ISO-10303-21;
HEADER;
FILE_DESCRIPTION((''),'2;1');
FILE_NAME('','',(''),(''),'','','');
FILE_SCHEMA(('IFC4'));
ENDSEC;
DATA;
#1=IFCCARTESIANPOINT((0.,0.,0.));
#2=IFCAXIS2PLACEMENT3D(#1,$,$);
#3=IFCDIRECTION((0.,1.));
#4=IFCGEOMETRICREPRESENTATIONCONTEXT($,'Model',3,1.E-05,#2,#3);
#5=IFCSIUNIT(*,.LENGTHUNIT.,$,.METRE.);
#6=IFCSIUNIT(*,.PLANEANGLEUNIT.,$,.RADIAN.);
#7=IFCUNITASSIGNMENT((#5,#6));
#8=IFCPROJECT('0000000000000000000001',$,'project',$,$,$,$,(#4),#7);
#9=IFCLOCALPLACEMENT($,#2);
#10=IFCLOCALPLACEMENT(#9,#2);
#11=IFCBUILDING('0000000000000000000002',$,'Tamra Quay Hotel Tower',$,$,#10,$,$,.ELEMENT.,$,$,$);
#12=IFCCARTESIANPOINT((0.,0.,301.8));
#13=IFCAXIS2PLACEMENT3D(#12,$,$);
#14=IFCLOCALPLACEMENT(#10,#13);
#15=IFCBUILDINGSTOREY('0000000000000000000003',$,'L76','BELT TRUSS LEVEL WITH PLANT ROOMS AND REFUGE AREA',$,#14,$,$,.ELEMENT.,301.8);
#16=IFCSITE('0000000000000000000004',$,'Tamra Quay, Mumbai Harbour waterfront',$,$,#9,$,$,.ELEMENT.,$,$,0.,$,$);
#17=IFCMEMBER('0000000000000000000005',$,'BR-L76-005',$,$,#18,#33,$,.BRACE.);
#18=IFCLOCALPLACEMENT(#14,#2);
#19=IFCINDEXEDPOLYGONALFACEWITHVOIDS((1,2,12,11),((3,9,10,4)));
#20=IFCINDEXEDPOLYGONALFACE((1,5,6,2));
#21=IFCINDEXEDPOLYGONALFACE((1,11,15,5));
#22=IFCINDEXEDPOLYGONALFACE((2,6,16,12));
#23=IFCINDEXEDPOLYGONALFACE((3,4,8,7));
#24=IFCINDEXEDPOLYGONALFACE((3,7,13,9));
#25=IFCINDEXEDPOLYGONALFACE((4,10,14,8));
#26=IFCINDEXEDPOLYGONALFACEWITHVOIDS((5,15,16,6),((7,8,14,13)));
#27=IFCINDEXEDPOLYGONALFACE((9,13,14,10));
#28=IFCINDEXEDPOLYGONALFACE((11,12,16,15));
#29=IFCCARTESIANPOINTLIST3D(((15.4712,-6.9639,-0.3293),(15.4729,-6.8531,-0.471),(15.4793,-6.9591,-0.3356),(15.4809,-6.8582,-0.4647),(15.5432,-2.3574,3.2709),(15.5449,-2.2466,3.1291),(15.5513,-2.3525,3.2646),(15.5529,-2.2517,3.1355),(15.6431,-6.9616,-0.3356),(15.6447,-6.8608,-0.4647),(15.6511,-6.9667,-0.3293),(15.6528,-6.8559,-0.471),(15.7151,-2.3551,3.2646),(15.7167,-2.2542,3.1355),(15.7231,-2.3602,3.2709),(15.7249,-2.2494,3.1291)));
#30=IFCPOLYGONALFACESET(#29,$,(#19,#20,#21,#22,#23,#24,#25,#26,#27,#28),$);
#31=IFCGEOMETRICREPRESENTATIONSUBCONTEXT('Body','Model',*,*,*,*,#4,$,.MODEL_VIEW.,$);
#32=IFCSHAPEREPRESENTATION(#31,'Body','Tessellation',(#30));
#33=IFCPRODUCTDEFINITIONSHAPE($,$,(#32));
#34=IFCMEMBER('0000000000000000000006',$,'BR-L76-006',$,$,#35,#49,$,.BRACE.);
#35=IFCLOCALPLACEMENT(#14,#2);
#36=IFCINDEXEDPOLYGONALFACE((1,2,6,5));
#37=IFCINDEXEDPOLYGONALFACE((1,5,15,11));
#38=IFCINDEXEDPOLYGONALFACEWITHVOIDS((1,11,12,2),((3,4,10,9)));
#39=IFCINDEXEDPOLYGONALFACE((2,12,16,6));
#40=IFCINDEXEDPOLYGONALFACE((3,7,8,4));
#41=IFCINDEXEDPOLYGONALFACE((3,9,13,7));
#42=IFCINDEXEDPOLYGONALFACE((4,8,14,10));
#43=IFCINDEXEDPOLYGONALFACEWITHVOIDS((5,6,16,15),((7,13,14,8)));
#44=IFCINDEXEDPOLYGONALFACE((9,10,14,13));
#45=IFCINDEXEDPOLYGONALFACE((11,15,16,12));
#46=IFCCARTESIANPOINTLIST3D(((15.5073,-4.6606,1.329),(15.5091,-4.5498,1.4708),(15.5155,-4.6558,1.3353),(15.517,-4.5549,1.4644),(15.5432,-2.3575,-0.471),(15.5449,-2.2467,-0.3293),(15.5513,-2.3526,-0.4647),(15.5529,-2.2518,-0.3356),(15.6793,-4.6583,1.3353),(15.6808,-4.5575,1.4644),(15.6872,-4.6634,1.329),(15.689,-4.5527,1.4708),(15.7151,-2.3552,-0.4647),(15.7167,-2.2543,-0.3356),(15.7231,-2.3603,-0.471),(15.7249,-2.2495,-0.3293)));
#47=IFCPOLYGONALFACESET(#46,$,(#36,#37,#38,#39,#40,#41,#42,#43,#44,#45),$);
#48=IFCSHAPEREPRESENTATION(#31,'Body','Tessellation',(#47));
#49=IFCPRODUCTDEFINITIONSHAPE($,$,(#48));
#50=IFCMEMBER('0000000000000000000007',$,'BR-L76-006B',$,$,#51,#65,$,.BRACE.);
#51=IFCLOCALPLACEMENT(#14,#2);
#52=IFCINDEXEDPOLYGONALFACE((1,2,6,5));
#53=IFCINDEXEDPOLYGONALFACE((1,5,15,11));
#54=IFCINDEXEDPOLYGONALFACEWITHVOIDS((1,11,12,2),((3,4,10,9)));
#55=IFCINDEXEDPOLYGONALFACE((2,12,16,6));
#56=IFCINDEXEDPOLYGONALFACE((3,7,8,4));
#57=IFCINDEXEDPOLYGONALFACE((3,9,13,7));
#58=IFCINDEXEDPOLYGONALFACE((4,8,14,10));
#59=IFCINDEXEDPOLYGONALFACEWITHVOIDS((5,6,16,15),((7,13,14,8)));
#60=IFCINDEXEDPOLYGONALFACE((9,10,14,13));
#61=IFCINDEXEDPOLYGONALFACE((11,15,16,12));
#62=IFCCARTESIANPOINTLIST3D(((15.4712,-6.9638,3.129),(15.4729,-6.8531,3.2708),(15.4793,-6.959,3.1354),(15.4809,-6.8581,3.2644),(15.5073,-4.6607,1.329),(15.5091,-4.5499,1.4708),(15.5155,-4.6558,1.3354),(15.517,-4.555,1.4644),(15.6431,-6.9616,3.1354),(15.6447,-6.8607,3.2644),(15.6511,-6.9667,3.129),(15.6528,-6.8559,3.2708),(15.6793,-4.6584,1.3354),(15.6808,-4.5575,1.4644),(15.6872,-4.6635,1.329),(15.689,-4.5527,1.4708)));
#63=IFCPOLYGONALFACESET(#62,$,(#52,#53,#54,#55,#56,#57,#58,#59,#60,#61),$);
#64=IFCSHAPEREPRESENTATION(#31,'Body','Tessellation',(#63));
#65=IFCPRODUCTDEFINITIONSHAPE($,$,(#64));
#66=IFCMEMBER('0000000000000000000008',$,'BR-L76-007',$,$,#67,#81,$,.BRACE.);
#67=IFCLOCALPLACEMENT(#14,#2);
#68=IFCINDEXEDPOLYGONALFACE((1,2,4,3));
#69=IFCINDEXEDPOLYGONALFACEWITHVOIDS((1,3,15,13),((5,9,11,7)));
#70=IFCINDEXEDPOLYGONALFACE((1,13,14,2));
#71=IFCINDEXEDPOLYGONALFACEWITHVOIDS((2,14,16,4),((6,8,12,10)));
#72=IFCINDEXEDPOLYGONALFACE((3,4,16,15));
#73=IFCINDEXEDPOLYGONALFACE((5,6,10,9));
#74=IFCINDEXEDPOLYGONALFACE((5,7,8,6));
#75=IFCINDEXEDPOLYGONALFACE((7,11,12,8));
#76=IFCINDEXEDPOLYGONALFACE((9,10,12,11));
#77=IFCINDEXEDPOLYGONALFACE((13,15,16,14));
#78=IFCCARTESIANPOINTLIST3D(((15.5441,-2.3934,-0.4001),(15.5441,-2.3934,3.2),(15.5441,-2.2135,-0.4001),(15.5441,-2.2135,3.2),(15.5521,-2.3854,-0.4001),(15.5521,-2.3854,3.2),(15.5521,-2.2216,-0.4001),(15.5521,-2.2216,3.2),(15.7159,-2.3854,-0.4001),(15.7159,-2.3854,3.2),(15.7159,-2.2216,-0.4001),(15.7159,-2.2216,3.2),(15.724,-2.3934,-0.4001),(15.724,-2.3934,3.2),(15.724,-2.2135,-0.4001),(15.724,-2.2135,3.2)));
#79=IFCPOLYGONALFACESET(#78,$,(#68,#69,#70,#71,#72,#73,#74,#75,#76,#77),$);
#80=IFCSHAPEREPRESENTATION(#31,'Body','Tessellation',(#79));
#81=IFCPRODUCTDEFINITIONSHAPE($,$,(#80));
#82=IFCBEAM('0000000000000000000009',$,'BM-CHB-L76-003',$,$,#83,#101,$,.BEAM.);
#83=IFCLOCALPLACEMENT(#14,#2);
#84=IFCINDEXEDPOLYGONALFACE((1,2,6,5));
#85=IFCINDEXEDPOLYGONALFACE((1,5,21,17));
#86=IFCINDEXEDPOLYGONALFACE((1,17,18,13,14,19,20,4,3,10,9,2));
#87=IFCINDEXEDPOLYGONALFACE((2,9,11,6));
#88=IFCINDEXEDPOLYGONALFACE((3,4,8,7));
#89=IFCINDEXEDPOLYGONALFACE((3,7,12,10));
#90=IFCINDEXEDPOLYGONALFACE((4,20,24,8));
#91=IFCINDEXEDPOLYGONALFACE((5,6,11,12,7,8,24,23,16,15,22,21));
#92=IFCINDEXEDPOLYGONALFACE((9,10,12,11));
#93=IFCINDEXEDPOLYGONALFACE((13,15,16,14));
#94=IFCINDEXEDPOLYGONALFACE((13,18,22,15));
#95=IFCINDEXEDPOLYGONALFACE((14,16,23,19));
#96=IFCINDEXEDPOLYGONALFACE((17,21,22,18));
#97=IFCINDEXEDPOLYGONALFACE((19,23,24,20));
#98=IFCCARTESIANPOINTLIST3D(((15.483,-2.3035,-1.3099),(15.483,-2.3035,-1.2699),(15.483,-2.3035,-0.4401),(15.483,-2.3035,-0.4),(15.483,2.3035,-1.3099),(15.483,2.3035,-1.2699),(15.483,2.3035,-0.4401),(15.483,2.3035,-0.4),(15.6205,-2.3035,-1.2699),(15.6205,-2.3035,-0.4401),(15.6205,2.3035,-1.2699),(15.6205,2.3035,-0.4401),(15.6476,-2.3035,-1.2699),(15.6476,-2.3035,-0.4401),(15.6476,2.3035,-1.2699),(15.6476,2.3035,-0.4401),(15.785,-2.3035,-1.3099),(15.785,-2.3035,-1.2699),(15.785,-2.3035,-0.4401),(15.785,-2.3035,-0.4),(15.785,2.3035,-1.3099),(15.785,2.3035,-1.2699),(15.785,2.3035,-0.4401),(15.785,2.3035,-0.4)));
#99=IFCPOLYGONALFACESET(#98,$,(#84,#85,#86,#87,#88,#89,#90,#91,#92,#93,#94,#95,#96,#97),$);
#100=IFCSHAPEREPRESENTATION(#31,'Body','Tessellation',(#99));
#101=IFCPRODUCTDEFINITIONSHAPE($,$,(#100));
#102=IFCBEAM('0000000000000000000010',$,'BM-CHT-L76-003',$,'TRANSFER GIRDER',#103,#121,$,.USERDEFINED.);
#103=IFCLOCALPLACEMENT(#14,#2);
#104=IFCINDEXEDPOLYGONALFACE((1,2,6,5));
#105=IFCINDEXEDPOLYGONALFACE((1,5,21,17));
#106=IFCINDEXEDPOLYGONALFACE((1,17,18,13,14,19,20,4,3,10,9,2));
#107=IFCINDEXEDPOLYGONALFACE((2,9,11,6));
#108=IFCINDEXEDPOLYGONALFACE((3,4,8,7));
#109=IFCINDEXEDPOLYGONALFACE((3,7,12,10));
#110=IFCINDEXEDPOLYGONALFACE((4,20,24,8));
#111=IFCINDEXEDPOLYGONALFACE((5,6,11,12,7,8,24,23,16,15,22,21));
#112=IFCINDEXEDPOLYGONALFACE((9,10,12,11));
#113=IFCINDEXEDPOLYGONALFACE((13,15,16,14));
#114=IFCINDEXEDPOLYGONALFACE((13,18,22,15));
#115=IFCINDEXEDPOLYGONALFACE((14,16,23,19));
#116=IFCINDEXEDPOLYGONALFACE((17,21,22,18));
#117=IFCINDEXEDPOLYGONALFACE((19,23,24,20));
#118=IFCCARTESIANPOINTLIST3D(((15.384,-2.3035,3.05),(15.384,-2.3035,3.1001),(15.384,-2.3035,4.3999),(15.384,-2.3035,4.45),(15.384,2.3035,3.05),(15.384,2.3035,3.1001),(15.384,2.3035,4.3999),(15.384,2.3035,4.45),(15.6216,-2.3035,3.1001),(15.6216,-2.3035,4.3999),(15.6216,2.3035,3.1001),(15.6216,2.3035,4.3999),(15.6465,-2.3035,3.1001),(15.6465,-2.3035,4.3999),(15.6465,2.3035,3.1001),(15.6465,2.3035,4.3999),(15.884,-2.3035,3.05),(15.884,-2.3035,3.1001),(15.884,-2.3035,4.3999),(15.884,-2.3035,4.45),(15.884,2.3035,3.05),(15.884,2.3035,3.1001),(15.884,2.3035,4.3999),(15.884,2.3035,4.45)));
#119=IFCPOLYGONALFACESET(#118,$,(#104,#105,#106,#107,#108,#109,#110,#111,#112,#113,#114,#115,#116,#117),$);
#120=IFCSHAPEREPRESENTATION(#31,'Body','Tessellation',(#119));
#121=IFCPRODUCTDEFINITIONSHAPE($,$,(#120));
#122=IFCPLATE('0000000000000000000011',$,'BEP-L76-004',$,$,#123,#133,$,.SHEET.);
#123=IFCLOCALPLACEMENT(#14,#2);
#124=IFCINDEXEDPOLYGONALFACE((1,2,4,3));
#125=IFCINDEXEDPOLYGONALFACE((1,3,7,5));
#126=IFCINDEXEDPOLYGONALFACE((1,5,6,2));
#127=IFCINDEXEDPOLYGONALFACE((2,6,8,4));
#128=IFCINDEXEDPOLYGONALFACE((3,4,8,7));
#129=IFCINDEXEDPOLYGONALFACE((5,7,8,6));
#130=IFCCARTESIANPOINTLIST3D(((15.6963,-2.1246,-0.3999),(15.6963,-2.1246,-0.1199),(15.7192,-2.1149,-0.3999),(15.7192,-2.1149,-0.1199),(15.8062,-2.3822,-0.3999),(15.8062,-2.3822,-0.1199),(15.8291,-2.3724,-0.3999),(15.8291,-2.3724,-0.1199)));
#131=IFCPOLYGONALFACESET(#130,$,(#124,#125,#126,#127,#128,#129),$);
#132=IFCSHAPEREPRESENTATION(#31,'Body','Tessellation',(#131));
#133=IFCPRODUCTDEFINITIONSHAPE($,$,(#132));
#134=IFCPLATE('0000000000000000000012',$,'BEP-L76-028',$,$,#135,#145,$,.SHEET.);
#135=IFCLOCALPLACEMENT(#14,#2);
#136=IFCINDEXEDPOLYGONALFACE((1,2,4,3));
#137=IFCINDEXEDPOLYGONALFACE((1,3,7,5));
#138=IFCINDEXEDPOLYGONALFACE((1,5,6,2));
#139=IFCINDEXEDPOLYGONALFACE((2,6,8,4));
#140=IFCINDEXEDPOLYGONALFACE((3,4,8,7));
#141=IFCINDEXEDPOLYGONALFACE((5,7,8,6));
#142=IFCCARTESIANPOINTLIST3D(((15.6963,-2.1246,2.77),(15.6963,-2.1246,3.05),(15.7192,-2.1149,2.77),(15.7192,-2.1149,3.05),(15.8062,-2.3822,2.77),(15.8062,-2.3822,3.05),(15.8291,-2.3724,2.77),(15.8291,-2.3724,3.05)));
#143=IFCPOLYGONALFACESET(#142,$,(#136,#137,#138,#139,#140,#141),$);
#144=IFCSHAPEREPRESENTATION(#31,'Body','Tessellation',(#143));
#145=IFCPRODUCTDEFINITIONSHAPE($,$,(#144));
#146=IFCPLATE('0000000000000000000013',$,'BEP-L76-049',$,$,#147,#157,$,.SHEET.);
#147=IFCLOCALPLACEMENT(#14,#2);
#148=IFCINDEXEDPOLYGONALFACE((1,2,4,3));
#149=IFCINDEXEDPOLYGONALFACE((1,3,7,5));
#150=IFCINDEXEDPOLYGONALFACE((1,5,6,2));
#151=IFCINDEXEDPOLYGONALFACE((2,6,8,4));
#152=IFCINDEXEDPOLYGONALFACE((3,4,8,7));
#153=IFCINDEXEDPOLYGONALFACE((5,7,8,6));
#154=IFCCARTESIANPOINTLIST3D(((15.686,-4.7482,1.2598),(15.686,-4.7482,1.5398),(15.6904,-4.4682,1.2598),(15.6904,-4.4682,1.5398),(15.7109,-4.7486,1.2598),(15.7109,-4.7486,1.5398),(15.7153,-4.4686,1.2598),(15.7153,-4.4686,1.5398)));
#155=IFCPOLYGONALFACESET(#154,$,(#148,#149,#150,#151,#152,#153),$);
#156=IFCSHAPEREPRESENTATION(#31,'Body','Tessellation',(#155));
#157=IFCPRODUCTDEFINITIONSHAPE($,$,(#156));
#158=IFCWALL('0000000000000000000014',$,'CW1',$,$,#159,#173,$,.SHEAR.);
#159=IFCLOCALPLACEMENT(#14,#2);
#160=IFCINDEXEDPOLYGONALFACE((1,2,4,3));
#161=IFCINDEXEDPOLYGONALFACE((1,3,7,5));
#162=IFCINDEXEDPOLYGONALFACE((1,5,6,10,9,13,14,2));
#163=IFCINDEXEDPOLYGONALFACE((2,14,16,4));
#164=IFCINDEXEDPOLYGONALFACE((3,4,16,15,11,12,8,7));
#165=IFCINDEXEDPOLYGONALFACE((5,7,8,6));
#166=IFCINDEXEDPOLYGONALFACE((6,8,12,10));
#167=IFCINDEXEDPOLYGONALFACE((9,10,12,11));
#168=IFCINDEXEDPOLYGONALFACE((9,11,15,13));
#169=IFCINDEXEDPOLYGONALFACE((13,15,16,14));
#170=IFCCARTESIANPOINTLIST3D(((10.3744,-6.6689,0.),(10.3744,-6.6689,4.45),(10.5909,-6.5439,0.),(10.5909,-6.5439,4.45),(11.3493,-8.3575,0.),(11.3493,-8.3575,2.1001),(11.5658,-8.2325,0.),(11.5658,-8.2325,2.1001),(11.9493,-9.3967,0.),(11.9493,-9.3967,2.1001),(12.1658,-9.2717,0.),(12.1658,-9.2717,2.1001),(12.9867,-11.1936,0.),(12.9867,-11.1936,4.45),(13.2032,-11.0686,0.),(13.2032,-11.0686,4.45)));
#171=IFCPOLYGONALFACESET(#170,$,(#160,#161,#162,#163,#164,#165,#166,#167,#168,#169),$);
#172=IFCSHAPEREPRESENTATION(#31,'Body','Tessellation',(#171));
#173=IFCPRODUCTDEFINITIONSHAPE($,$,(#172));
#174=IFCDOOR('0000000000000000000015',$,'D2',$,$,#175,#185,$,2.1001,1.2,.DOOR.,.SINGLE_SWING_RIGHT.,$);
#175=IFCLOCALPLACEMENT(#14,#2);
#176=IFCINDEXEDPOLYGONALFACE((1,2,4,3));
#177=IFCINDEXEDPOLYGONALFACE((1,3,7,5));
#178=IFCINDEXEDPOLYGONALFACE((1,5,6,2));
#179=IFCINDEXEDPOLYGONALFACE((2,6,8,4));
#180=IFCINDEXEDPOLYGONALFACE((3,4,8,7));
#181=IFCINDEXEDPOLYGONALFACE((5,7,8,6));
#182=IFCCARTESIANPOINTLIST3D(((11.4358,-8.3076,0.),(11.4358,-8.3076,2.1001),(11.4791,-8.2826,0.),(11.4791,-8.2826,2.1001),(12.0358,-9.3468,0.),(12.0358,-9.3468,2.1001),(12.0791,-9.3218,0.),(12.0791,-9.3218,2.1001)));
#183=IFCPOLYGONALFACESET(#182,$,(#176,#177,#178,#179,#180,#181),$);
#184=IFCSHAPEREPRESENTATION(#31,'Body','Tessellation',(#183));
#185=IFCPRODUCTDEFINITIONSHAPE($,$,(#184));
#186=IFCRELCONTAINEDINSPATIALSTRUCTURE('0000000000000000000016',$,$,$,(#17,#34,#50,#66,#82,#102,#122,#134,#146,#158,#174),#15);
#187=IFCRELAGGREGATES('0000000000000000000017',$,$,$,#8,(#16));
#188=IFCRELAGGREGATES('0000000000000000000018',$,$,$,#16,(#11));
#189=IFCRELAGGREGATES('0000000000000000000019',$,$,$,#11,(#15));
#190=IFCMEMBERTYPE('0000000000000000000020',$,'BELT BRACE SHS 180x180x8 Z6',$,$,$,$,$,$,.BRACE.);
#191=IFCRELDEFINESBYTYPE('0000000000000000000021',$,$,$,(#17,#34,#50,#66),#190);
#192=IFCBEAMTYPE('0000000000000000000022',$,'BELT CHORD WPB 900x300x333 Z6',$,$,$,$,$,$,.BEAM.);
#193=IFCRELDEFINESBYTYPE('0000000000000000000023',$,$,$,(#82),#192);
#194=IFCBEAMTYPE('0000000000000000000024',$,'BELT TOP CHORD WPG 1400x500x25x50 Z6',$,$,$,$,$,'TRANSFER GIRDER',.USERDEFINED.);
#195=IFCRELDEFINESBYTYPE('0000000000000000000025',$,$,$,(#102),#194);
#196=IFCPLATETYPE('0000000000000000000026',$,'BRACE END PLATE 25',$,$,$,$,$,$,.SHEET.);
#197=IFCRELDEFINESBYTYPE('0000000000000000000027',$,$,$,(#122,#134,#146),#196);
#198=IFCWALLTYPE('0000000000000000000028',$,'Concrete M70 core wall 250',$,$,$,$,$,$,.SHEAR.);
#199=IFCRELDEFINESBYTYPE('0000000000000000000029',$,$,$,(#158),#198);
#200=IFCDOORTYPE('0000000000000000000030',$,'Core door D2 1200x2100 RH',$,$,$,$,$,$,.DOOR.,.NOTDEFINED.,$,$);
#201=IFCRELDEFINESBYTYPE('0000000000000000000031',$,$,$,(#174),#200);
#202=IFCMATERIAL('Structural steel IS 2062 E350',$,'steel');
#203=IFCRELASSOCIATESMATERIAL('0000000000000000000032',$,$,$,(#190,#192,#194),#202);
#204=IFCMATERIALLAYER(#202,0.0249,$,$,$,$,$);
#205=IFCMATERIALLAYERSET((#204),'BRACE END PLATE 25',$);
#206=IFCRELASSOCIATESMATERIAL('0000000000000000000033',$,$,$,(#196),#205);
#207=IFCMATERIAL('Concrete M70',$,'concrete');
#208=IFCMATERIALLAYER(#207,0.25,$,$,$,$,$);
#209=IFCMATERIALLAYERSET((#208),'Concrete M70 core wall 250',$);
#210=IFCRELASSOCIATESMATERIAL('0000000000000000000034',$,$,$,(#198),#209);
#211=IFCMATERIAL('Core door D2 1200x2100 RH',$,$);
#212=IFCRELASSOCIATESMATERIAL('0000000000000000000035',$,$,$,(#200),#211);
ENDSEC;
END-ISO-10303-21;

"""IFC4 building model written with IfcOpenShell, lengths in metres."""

from ifc_helpers import new_model, si_unit, direction, frame, frame_2d, origin, origin_2d, place, context, subcontext, project, spatial, rectangle, hollow_rectangle, i_section, extrude, material, layer, layer_set, material_profile, profile_set, type_object, element, fill, save


model = new_model("IFC4")

# Units and contexts
model_context = context("Model", 3, precision=1e-05, world=origin(), true_north=direction((0.0, 1.0)))
body_context = subcontext(model_context, "Body", "Model", "MODEL_VIEW")
ifc_project = project(units=[si_unit("LENGTHUNIT", "METRE"), si_unit("PLANEANGLEUNIT", "RADIAN")], contexts=[model_context])

# Site, building, storey
site_placement = place(None, origin())
site = spatial("IfcSite", under=ifc_project, at=site_placement, Name="Tamra Quay, Mumbai Harbour waterfront", CompositionType="ELEMENT", RefElevation=0.0)
building_placement = place(site_placement, origin())
building = spatial("IfcBuilding", under=site, at=building_placement, Name="Tamra Quay Hotel Tower", CompositionType="ELEMENT")
storey_placement = place(building_placement, frame((0.0, 0.0, 301.8)))
storey = spatial("IfcBuildingStorey", under=building, at=storey_placement, Name="L76", Description="BELT TRUSS LEVEL WITH PLANT ROOMS AND REFUGE AREA", CompositionType="ELEMENT", Elevation=301.8)

# Members
ifc_material_1 = material(Name="Structural steel IS 2062 E350", Category="steel")
ifc_material_profile_1 = material_profile(ifc_material_1, hollow_rectangle(XDim=0.1799, YDim=0.1799, WallThickness=0.0081, at=origin_2d()), Name="SHS 180x180x8")
ifc_profile_set_1 = profile_set([ifc_material_profile_1], Name="Structural steel IS 2062 E350")
member_type = type_object("IfcMemberType", Name="BELT BRACE SHS 180x180x8 Z6", PredefinedType="BRACE", material=ifc_profile_set_1)
member_1_placement = place(storey_placement, frame((15.562, -6.9099, -0.4001), z_axis=(0.012318, 0.787856, 0.615737), x_axis=(-0.999878, 0.015633, 0.0)))
element("IfcMember", 1, at=member_1_placement, inside=storey, type_object=member_type, Name="BR-L76-005", PredefinedType="BRACE", context=body_context, shape_type="SweptSolid", body=[
    extrude(hollow_rectangle(XDim=0.1799, YDim=0.1799, WallThickness=0.0081, at=origin_2d()), origin(), (0.0, 0.0, 1.0), 5.8469),
])
for number, where, z_axis, x_axis, name in (
    (2, (15.634, -2.3035, -0.4001), (-0.012276, -0.787856, 0.615737), (0.999879, -0.01558, 0.0), "BR-L76-006"),
    (3, (15.5981, -4.6067, 1.3999), (-0.01236, -0.787855, 0.615736), (0.999877, -0.015686, 0.0), "BR-L76-006B"),
):
    element("IfcMember", number, at=place(storey_placement, frame(where, z_axis=z_axis, x_axis=x_axis)), inside=storey, type_object=member_type, Name=name, PredefinedType="BRACE", context=body_context, shape_type="SweptSolid", body=[
        extrude(hollow_rectangle(XDim=0.1799, YDim=0.1799, WallThickness=0.0081, at=origin_2d()), origin(), (0.0, 0.0, 1.0), 2.9233),
    ])
member_2_placement = place(storey_placement, frame((15.634, -2.3035, -0.4001), z_axis=(0.0, 0.0, 1.0), x_axis=(1.0, 0.0, 0.0)))
element("IfcMember", 4, at=member_2_placement, inside=storey, type_object=member_type, Name="BR-L76-007", PredefinedType="BRACE", context=body_context, shape_type="SweptSolid", body=[
    extrude(hollow_rectangle(XDim=0.1799, YDim=0.1799, WallThickness=0.0081, at=origin_2d()), origin(), (0.0, 0.0, 1.0), 3.6001),
])

# Beams
ifc_material_profile_2 = material_profile(ifc_material_1, i_section(OverallWidth=0.302, OverallDepth=0.9099, WebThickness=0.0271, FlangeThickness=0.04, at=origin_2d()), Name="WPB 900x300x333")
ifc_profile_set_2 = profile_set([ifc_material_profile_2], Name="Structural steel IS 2062 E350")
beam_type_1 = type_object("IfcBeamType", Name="BELT CHORD WPB 900x300x333 Z6", PredefinedType="BEAM", material=ifc_profile_set_2)
beam_1_placement = place(storey_placement, frame((15.634, -2.3035, -0.855), z_axis=(0.0, 1.0, 0.0), x_axis=(-1.0, 0.0, 0.0)))
element("IfcBeam", 5, at=beam_1_placement, inside=storey, type_object=beam_type_1, Name="BM-CHB-L76-003", PredefinedType="BEAM", context=body_context, shape_type="SweptSolid", body=[
    extrude(i_section(OverallWidth=0.302, OverallDepth=0.9099, WebThickness=0.0271, FlangeThickness=0.04, at=origin_2d()), origin(), (0.0, 0.0, 1.0), 4.6069),
])
ifc_material_profile_3 = material_profile(ifc_material_1, i_section(OverallWidth=0.5, OverallDepth=1.3999, WebThickness=0.0249, FlangeThickness=0.05, at=origin_2d()), Name="WPG 1400x500x25x50")
ifc_profile_set_3 = profile_set([ifc_material_profile_3], Name="Structural steel IS 2062 E350")
beam_type_2 = type_object("IfcBeamType", Name="BELT TOP CHORD WPG 1400x500x25x50 Z6", ElementType="TRANSFER GIRDER", PredefinedType="USERDEFINED", material=ifc_profile_set_3)
beam_2_placement = place(storey_placement, frame((15.634, -2.3035, 3.75), z_axis=(0.0, 1.0, 0.0), x_axis=(-1.0, 0.0, 0.0)))
element("IfcBeam", 6, at=beam_2_placement, inside=storey, type_object=beam_type_2, Name="BM-CHT-L76-003", ObjectType="TRANSFER GIRDER", PredefinedType="USERDEFINED", context=body_context, shape_type="SweptSolid", body=[
    extrude(i_section(OverallWidth=0.5, OverallDepth=1.3999, WebThickness=0.0249, FlangeThickness=0.05, at=origin_2d()), origin(), (0.0, 0.0, 1.0), 4.6069),
])

# Plates
ifc_layer_1 = layer(ifc_material_1, 0.0249)
ifc_layer_set_1 = layer_set([ifc_layer_1], Name="BRACE END PLATE 25")
plate_type = type_object("IfcPlateType", Name="BRACE END PLATE 25", PredefinedType="SHEET", material=ifc_layer_set_1)
for number, where, z_axis, x_axis, name in (
    (7, (15.7627, -2.2485, -0.3999), (0.0, 0.0, 1.0), (0.919791, 0.392409, 0.0), "BEP-L76-004"),
    (8, (15.7627, -2.2485, 2.77), (0.0, 0.0, 1.0), (0.919791, 0.392409, 0.0), "BEP-L76-028"),
    (9, (15.7007, -4.6084, 1.2598), (0.0, 0.0, 1.0), (-0.999878, 0.015629, 0.0), "BEP-L76-049"),
):
    element("IfcPlate", number, at=place(storey_placement, frame(where, z_axis=z_axis, x_axis=x_axis)), inside=storey, type_object=plate_type, Name=name, PredefinedType="SHEET", context=body_context, shape_type="SweptSolid", body=[
        extrude(rectangle(XDim=0.0249, YDim=0.28, at=origin_2d()), origin(), (0.0, 0.0, 1.0), 0.28),
    ])

# Wall, opening, door
ifc_material_2 = material(Name="Concrete M70", Category="concrete")
ifc_layer_2 = layer(ifc_material_2, 0.25)
ifc_layer_set_2 = layer_set([ifc_layer_2], Name="Concrete M70 core wall 250")
wall_type_1 = type_object("IfcWallType", Name="Concrete M70 core wall 250", PredefinedType="SHEAR", material=ifc_layer_set_2)
wall_1_placement = place(storey_placement, frame((10.4827, -6.6064, 0.0), z_axis=(0.0, 0.0, 1.0), x_axis=(0.499999, -0.866026, 0.0)))
wall_1 = element("IfcWall", 10, at=wall_1_placement, inside=storey, type_object=wall_type_1, Name="CW1", PredefinedType="SHEAR", context=body_context, shape_type="SweptSolid", body=[
    extrude(rectangle(XDim=5.2246, YDim=0.25, at=frame_2d((2.6123, 0.0))), origin(), (0.0, 0.0, 1.0), 4.45),
])
opening_1_placement = place(wall_1_placement, frame((1.9497, 0.0, 0.0)))
opening_1 = element("IfcOpeningElement", 11, at=opening_1_placement, cuts=wall_1, PredefinedType="OPENING", context=body_context, shape_type="SweptSolid", body=[
    extrude(rectangle(XDim=1.2, YDim=2.1001, at=frame_2d((0.6001, 1.05))), frame((0.0, 0.135, 0.0), z_axis=(0.0, -1.0, 0.0), x_axis=(1.0, 0.0, 0.0)), (0.0, 0.0, 1.0), 0.27),
])
ifc_material_3 = material(Name="Core door D2 1200x2100 RH")
door_type_1 = type_object("IfcDoorType", Name="Core door D2 1200x2100 RH", OperationType="NOTDEFINED", PredefinedType="DOOR", material=ifc_material_3)
door_1_placement = place(opening_1_placement, origin())
door_1 = element("IfcDoor", 12, at=door_1_placement, inside=storey, type_object=door_type_1, Name="D2", OperationType="SINGLE_SWING_RIGHT", OverallHeight=2.1001, OverallWidth=1.2, PredefinedType="DOOR", context=body_context, shape_type="SweptSolid", body=[
    extrude(rectangle(XDim=1.2, YDim=2.1001, at=frame_2d((0.6001, 1.05))), frame((0.0, 0.0249, 0.0), z_axis=(0.0, -1.0, 0.0), x_axis=(1.0, 0.0, 0.0)), (0.0, 0.0, 1.0), 0.05),
])
fill(opening_1, door_1)

save(model, "model.ifc")
